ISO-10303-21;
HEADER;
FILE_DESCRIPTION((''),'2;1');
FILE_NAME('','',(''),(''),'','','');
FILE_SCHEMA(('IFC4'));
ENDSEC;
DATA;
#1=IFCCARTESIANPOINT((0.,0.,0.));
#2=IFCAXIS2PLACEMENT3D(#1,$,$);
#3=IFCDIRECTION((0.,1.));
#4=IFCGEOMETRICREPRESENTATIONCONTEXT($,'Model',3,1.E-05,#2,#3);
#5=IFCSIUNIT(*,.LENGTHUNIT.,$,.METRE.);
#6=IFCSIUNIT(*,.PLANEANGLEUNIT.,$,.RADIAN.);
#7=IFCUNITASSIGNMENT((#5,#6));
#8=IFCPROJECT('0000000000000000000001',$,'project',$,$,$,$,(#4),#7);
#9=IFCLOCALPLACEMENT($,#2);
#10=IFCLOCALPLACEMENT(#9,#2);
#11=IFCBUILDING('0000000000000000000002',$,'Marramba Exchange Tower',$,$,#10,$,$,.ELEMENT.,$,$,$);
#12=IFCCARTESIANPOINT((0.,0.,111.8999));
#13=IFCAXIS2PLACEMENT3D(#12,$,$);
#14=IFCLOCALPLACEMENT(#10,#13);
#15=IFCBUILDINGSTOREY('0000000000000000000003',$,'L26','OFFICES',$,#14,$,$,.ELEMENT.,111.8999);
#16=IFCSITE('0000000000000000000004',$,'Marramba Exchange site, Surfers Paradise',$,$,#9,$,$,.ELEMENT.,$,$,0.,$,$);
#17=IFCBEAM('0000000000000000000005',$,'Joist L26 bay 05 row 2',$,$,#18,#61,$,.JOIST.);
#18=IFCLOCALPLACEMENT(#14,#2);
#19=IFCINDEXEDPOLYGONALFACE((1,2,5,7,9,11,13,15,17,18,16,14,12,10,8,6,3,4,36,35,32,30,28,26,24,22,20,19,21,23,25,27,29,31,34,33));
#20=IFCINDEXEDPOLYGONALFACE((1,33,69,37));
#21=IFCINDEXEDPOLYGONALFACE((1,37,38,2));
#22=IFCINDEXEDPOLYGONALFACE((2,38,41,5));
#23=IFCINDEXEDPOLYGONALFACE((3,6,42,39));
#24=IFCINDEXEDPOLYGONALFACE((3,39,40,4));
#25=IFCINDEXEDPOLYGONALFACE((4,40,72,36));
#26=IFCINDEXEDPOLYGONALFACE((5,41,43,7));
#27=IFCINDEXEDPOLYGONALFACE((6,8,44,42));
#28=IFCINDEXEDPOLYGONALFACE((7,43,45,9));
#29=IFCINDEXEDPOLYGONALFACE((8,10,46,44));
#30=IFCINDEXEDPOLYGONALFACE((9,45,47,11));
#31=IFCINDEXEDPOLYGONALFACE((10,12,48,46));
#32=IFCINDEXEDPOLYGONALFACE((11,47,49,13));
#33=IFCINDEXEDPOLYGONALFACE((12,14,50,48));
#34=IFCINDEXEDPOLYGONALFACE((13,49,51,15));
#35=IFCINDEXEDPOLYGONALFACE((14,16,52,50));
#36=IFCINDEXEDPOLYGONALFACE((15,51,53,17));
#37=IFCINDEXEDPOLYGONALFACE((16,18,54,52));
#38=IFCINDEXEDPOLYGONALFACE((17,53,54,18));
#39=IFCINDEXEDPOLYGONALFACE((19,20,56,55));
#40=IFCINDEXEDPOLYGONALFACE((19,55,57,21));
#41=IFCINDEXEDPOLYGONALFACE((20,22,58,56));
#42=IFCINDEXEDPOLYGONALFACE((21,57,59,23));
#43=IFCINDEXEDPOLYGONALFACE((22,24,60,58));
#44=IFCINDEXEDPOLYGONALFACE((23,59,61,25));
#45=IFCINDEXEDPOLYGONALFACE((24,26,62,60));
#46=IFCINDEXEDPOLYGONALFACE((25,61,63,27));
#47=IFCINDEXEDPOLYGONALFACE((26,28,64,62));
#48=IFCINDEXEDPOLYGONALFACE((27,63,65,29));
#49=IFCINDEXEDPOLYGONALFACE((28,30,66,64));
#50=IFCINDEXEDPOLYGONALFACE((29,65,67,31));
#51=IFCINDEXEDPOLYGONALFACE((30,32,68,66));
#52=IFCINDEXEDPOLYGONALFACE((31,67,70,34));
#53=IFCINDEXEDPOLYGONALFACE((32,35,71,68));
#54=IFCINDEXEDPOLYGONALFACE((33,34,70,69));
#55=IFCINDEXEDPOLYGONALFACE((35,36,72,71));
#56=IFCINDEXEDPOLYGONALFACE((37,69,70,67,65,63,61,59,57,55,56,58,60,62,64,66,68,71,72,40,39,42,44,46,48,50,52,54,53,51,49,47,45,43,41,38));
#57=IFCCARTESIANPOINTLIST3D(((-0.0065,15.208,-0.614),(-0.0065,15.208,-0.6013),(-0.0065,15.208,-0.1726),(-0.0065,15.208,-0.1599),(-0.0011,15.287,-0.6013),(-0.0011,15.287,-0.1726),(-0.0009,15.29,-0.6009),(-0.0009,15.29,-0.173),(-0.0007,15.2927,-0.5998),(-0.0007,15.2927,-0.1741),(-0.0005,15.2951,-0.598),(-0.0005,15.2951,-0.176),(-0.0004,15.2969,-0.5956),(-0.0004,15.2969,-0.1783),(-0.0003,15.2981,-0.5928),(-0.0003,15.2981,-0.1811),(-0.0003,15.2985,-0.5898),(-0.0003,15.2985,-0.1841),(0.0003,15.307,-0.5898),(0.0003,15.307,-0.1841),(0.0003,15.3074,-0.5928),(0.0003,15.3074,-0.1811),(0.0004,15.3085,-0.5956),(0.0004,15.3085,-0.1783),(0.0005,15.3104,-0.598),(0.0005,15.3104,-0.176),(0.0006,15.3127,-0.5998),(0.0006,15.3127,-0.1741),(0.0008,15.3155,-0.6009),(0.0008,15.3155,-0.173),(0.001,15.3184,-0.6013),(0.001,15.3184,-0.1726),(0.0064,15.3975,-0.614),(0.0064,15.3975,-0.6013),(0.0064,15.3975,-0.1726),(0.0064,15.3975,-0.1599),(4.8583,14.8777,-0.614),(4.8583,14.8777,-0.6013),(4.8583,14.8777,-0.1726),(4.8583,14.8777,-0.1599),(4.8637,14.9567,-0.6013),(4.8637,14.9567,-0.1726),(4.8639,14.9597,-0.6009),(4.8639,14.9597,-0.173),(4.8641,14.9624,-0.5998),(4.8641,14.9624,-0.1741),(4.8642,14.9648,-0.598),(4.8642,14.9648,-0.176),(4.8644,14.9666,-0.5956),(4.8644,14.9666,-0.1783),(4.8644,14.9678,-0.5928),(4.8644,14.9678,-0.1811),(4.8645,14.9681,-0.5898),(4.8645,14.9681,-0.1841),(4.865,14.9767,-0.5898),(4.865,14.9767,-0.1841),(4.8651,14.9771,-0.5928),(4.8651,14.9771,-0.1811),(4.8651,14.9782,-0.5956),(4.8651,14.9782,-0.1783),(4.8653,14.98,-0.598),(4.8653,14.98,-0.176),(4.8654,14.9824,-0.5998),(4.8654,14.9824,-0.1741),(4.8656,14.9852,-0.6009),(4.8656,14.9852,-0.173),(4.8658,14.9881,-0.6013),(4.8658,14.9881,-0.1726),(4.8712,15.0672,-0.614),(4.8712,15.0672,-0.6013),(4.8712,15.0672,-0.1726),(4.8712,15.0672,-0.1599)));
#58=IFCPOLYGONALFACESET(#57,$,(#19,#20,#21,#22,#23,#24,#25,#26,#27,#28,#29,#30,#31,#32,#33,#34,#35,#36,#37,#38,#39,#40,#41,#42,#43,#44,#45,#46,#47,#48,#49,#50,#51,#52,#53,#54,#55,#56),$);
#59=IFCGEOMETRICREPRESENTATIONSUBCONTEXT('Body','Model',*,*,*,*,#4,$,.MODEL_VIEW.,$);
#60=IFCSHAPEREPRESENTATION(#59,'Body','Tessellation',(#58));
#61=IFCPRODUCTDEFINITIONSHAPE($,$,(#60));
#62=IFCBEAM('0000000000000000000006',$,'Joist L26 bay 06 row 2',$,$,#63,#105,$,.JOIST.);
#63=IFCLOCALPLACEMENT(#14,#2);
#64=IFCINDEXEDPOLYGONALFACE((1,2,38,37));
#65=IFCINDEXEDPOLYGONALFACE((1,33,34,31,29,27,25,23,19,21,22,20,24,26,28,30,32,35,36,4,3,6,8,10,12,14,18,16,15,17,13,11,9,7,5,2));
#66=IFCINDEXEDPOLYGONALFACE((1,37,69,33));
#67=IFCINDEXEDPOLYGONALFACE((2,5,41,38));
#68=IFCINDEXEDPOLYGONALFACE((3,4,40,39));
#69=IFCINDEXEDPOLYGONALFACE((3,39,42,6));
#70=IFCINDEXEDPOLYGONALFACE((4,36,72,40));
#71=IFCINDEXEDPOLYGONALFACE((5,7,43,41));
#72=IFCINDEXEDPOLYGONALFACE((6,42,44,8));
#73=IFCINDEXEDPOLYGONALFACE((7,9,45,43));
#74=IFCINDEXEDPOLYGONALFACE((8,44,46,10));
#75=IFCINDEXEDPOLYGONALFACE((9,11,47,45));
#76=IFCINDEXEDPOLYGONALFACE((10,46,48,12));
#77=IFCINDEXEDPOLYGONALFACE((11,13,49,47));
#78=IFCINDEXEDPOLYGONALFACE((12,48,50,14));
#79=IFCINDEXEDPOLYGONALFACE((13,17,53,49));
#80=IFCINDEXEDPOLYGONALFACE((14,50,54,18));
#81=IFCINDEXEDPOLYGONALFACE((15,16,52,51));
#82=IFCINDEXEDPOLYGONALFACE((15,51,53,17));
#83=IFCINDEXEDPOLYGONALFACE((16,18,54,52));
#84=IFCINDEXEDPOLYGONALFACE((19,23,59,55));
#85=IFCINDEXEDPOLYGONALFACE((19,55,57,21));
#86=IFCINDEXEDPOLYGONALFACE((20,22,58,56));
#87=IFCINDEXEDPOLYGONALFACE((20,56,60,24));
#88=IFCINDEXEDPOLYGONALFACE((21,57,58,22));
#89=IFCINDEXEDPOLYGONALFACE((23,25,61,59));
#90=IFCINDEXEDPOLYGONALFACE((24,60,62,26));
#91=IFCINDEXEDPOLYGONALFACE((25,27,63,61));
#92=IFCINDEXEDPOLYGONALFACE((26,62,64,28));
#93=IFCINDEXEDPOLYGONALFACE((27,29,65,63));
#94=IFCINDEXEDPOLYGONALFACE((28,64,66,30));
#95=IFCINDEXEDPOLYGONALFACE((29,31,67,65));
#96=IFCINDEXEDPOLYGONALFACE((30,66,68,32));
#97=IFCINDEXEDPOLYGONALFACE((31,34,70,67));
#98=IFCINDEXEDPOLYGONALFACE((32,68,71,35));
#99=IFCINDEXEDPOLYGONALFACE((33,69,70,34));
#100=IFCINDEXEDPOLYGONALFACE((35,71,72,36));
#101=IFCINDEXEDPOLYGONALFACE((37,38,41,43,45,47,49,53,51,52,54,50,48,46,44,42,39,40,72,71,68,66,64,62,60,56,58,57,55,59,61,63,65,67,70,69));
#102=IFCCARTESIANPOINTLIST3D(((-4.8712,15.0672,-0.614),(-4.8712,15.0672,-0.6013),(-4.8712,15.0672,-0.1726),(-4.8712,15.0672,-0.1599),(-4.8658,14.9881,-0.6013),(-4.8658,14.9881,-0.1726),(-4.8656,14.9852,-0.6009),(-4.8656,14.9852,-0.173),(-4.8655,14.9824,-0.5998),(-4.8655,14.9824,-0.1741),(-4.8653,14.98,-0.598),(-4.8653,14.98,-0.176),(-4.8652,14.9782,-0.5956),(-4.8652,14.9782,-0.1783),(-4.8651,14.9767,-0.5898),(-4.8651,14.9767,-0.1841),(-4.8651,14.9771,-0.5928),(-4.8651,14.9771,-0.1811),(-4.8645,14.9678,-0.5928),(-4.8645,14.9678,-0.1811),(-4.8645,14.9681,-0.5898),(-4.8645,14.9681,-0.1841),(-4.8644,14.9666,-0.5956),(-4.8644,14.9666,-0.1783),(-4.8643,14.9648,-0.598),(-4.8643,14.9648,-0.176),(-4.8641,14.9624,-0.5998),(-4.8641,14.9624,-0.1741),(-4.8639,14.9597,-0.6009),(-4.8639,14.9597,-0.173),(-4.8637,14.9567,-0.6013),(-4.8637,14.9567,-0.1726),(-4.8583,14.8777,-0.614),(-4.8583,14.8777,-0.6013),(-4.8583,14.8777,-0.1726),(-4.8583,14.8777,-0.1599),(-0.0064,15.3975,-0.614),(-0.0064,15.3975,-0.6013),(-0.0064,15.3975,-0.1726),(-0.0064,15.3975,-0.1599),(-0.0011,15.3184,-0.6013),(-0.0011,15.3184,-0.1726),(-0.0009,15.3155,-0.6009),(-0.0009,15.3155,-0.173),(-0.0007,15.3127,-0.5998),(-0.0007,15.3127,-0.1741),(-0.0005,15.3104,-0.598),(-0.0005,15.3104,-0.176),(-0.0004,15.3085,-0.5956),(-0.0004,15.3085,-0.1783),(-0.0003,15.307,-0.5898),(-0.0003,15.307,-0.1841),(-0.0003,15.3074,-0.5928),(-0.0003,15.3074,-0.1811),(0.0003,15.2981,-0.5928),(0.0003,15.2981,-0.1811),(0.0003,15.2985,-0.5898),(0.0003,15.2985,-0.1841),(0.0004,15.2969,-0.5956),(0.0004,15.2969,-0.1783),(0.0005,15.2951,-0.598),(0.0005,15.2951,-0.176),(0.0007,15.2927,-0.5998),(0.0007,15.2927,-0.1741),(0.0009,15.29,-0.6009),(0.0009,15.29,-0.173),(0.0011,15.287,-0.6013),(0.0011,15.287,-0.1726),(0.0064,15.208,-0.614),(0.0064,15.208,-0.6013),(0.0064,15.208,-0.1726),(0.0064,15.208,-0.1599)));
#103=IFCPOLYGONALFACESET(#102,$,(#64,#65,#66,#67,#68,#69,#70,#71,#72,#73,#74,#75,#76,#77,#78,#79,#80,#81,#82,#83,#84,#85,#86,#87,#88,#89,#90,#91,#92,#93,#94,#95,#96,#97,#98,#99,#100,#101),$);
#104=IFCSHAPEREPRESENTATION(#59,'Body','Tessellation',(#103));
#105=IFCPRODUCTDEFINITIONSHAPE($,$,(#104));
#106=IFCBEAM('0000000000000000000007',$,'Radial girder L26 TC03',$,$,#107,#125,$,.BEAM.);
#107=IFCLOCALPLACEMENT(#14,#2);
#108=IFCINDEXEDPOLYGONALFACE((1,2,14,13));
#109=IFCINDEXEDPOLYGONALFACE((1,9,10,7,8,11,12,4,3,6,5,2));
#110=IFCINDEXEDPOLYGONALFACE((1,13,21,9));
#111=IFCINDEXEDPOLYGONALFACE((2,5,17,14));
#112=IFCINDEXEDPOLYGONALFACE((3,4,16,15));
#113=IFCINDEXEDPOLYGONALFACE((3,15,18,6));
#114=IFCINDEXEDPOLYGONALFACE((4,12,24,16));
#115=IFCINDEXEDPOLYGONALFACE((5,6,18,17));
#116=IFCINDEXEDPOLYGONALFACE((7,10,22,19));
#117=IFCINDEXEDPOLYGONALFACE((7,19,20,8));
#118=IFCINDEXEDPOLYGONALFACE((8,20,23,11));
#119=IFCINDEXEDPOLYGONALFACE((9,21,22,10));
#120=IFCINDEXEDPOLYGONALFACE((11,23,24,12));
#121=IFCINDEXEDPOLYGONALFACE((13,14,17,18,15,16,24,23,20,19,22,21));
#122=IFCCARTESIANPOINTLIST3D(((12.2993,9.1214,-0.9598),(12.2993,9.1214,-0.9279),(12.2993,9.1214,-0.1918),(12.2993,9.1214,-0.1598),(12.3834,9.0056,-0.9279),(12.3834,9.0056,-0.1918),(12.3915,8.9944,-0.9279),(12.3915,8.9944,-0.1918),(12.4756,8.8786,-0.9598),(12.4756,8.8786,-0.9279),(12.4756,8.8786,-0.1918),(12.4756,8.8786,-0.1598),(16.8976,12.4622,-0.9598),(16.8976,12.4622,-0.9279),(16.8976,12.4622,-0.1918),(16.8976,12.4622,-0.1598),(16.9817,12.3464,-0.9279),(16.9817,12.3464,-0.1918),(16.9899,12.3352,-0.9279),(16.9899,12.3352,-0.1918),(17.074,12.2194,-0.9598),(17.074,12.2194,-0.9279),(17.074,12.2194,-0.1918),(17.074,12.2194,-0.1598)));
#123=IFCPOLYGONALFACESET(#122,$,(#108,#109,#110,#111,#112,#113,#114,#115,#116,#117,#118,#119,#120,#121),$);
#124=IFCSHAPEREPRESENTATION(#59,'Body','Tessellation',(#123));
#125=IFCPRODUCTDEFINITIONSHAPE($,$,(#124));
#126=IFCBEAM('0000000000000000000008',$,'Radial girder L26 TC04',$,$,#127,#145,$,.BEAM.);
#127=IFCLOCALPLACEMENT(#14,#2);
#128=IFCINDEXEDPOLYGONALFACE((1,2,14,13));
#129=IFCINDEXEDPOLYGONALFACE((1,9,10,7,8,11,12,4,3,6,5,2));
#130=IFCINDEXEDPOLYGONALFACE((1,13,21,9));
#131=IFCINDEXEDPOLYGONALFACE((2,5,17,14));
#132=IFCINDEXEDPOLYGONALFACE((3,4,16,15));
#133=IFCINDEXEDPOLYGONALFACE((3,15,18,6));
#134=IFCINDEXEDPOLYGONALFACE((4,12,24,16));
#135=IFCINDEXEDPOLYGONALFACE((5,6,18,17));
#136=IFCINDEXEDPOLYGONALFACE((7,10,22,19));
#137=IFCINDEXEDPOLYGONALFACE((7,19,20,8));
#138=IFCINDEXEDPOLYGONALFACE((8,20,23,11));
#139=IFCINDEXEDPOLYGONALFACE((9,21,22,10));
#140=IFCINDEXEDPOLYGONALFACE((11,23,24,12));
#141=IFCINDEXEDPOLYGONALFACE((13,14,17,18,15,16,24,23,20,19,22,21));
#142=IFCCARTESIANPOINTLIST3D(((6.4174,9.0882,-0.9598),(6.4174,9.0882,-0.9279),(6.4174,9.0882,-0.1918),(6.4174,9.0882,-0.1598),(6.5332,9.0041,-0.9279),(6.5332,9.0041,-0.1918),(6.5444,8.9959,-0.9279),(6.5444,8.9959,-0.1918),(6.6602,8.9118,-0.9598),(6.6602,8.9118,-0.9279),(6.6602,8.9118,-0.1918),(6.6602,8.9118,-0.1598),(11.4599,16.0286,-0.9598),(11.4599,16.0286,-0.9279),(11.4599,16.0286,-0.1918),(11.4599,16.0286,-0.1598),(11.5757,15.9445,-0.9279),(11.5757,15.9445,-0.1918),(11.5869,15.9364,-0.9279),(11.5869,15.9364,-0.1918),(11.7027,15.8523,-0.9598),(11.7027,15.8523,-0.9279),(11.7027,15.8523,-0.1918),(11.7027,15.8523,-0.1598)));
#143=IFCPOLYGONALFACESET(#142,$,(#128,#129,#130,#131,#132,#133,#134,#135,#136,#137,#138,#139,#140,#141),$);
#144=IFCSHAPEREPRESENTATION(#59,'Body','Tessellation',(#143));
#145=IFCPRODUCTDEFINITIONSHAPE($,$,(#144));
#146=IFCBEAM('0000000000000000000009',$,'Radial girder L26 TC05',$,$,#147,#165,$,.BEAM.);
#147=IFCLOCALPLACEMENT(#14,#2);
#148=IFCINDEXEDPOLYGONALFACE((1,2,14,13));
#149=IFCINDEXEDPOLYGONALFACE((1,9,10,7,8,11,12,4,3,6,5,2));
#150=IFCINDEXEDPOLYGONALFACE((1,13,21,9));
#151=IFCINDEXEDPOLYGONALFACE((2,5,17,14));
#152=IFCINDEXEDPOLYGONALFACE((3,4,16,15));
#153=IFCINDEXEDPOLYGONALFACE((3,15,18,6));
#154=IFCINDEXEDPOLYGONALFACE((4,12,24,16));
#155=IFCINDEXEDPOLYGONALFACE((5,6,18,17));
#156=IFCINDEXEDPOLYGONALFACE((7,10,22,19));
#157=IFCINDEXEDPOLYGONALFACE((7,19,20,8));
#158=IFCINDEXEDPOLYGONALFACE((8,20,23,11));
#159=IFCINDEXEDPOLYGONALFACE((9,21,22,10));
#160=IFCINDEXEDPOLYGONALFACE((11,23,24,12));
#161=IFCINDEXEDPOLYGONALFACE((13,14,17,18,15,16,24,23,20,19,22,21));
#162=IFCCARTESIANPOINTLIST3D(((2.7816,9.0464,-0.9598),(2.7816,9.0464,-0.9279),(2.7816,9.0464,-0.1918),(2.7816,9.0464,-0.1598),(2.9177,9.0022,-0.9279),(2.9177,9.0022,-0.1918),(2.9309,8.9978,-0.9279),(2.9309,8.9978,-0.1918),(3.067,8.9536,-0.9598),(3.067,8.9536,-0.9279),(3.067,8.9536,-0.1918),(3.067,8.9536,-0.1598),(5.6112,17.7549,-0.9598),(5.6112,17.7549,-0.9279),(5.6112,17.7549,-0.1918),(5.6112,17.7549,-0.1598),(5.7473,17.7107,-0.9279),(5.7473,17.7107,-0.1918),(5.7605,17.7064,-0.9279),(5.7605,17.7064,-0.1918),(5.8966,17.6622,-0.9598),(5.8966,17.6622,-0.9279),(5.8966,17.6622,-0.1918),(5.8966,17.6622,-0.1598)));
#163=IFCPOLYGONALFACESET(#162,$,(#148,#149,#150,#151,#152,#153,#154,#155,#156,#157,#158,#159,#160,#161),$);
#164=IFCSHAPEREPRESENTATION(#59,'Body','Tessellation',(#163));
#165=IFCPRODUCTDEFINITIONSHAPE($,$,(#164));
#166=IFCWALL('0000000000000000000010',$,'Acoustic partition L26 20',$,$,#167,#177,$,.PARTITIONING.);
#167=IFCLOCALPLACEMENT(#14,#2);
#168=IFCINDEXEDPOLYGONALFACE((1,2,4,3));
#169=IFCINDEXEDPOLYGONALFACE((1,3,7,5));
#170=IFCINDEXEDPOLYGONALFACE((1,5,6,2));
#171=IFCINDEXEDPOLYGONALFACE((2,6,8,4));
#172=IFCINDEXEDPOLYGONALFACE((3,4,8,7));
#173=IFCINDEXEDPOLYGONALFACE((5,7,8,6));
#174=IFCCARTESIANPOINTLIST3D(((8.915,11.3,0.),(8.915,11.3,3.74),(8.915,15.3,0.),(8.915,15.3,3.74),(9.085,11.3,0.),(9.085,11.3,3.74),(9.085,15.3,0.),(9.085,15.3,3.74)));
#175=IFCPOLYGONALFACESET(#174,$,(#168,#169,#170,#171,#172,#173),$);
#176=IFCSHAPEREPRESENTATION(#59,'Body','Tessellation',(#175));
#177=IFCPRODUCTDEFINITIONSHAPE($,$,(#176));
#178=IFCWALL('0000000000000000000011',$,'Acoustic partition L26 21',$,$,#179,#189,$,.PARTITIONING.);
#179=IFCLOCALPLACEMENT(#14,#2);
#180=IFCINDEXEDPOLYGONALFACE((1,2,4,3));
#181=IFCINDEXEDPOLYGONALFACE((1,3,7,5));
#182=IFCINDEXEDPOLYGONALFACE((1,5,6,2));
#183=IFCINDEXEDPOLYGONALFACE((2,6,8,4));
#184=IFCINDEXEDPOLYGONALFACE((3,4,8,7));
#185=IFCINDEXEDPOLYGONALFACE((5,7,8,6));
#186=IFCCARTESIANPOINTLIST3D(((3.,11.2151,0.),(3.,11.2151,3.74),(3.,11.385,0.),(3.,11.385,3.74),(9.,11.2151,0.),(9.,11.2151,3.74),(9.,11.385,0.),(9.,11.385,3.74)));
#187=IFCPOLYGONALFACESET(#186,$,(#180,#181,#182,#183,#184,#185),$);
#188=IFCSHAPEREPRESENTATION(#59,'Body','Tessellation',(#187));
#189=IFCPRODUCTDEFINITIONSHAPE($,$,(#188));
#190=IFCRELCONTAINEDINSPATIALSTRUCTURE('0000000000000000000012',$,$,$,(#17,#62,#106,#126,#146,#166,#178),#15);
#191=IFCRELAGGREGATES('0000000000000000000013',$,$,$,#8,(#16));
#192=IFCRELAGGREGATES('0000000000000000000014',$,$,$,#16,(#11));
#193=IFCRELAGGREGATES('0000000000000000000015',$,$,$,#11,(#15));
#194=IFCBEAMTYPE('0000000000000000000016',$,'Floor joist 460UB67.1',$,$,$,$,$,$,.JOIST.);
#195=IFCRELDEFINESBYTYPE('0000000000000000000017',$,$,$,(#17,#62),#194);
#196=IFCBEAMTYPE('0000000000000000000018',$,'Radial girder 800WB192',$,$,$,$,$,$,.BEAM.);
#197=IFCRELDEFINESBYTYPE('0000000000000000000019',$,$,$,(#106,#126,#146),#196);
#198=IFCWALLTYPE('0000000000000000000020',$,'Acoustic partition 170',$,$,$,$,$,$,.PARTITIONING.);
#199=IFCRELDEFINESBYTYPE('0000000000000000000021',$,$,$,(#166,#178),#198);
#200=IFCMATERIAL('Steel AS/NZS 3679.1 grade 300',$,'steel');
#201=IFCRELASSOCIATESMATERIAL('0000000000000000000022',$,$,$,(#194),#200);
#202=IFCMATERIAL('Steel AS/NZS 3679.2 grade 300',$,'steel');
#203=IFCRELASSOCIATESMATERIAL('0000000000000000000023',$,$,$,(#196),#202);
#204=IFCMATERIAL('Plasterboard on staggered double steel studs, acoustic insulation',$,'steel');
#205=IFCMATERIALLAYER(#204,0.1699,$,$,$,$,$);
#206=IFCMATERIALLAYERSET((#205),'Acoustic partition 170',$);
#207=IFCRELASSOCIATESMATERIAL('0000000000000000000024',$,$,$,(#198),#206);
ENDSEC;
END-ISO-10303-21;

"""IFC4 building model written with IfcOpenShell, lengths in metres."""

from ifc_helpers import new_model, si_unit, direction, frame, frame_2d, origin, origin_2d, place, context, subcontext, project, spatial, rectangle, i_section, extrude, material, layer, layer_set, material_profile, profile_set, type_object, element, save


model = new_model("IFC4")

# Units and contexts
model_context = context("Model", 3, precision=1e-05, world=origin(), true_north=direction((0.0, 1.0)))
body_context = subcontext(model_context, "Body", "Model", "MODEL_VIEW")
ifc_project = project(units=[si_unit("LENGTHUNIT", "METRE"), si_unit("PLANEANGLEUNIT", "RADIAN")], contexts=[model_context])

# Site, building, storey
site_placement = place(None, origin())
site = spatial("IfcSite", under=ifc_project, at=site_placement, Name="Marramba Exchange site, Surfers Paradise", CompositionType="ELEMENT", RefElevation=0.0)
building_placement = place(site_placement, origin())
building = spatial("IfcBuilding", under=site, at=building_placement, Name="Marramba Exchange Tower", CompositionType="ELEMENT")
storey_placement = place(building_placement, frame((0.0, 0.0, 111.8999)))
storey = spatial("IfcBuildingStorey", under=building, at=storey_placement, Name="L26", Description="OFFICES", CompositionType="ELEMENT", Elevation=111.8999)

# Beams
ifc_material_1 = material(Name="Steel AS/NZS 3679.1 grade 300", Category="steel")
ifc_material_profile_1 = material_profile(ifc_material_1, i_section(OverallWidth=0.1899, OverallDepth=0.4541, WebThickness=0.0085, FlangeThickness=0.0127, FilletRadius=0.0115, at=origin_2d()), Name="460UB67.1")
ifc_profile_set_1 = profile_set([ifc_material_profile_1], Name="Steel AS/NZS 3679.1 grade 300")
beam_type_1 = type_object("IfcBeamType", Name="Floor joist 460UB67.1", PredefinedType="JOIST", material=ifc_profile_set_1)
for number, where, z_axis, x_axis, name in (
    (1, (4.8647, 14.9724, -0.387), (-0.997703, 0.067745, 0.0), (-0.067745, -0.997703, 0.0), "Joist L26 bay 05 row 2"),
    (2, (0.0, 15.3027, -0.387), (-0.997703, -0.067745, 0.0), (0.067745, -0.997703, 0.0), "Joist L26 bay 06 row 2"),
):
    element("IfcBeam", number, at=place(storey_placement, frame(where, z_axis=z_axis, x_axis=x_axis)), inside=storey, type_object=beam_type_1, Name=name, PredefinedType="JOIST", context=body_context, shape_type="SweptSolid", body=[
        extrude(i_section(OverallWidth=0.1899, OverallDepth=0.4541, WebThickness=0.0085, FlangeThickness=0.0127, FilletRadius=0.0115, at=origin_2d()), origin(), (0.0, 0.0, 1.0), 4.876),
    ])
ifc_material_2 = material(Name="Steel AS/NZS 3679.2 grade 300", Category="steel")
ifc_material_profile_2 = material_profile(ifc_material_2, i_section(OverallWidth=0.3, OverallDepth=0.8, WebThickness=0.0139, FlangeThickness=0.032, at=origin_2d()), Name="800WB192")
ifc_profile_set_2 = profile_set([ifc_material_profile_2], Name="Steel AS/NZS 3679.2 grade 300")
beam_type_2 = type_object("IfcBeamType", Name="Radial girder 800WB192", PredefinedType="BEAM", material=ifc_profile_set_2)
beam_1_placement = place(storey_placement, frame((12.3875, 9.0, -0.5598), z_axis=(0.809026, 0.587773, 0.0), x_axis=(-0.587773, 0.809026, 0.0)))
element("IfcBeam", 3, at=beam_1_placement, inside=storey, type_object=beam_type_2, Name="Radial girder L26 TC03", PredefinedType="BEAM", context=body_context, shape_type="SweptSolid", body=[
    extrude(i_section(OverallWidth=0.3, OverallDepth=0.8, WebThickness=0.0139, FlangeThickness=0.032, at=origin_2d()), origin(), (0.0, 0.0, 1.0), 5.6838),
])
beam_2_placement = place(storey_placement, frame((6.5388, 9.0, -0.5598), z_axis=(0.587782, 0.809019, 0.0), x_axis=(-0.809019, 0.587782, 0.0)))
element("IfcBeam", 4, at=beam_2_placement, inside=storey, type_object=beam_type_2, Name="Radial girder L26 TC04", PredefinedType="BEAM", context=body_context, shape_type="SweptSolid", body=[
    extrude(i_section(OverallWidth=0.3, OverallDepth=0.8, WebThickness=0.0139, FlangeThickness=0.032, at=origin_2d()), origin(), (0.0, 0.0, 1.0), 8.5789),
])
beam_3_placement = place(storey_placement, frame((2.9243, 9.0, -0.5598), z_axis=(0.30902, 0.951056, 0.0), x_axis=(-0.951056, 0.30902, 0.0)))
element("IfcBeam", 5, at=beam_3_placement, inside=storey, type_object=beam_type_2, Name="Radial girder L26 TC05", PredefinedType="BEAM", context=body_context, shape_type="SweptSolid", body=[
    extrude(i_section(OverallWidth=0.3, OverallDepth=0.8, WebThickness=0.0139, FlangeThickness=0.032, at=origin_2d()), origin(), (0.0, 0.0, 1.0), 9.1567),
])

# Walls
ifc_material_3 = material(Name="Plasterboard on staggered double steel studs, acoustic insulation", Category="steel")
ifc_layer_1 = layer(ifc_material_3, 0.1699)
ifc_layer_set_1 = layer_set([ifc_layer_1], Name="Acoustic partition 170")
wall_type_1 = type_object("IfcWallType", Name="Acoustic partition 170", PredefinedType="PARTITIONING", material=ifc_layer_set_1)
wall_1_placement = place(storey_placement, frame((9.0, 11.3, 0.0), z_axis=(0.0, 0.0, 1.0), x_axis=(0.0, 1.0, 0.0)))
element("IfcWall", 6, at=wall_1_placement, inside=storey, type_object=wall_type_1, Name="Acoustic partition L26 20", PredefinedType="PARTITIONING", context=body_context, shape_type="SweptSolid", body=[
    extrude(rectangle(XDim=4.0, YDim=0.1699, at=frame_2d((2.0, 0.0))), origin(), (0.0, 0.0, 1.0), 3.74),
])
wall_2_placement = place(storey_placement, frame((3.0, 11.3, 0.0), z_axis=(0.0, 0.0, 1.0), x_axis=(1.0, 0.0, 0.0)))
element("IfcWall", 7, at=wall_2_placement, inside=storey, type_object=wall_type_1, Name="Acoustic partition L26 21", PredefinedType="PARTITIONING", context=body_context, shape_type="SweptSolid", body=[
    extrude(rectangle(XDim=6.0, YDim=0.1699, at=frame_2d((3.0, 0.0))), origin(), (0.0, 0.0, 1.0), 3.74),
])

save(model, "model.ifc")
